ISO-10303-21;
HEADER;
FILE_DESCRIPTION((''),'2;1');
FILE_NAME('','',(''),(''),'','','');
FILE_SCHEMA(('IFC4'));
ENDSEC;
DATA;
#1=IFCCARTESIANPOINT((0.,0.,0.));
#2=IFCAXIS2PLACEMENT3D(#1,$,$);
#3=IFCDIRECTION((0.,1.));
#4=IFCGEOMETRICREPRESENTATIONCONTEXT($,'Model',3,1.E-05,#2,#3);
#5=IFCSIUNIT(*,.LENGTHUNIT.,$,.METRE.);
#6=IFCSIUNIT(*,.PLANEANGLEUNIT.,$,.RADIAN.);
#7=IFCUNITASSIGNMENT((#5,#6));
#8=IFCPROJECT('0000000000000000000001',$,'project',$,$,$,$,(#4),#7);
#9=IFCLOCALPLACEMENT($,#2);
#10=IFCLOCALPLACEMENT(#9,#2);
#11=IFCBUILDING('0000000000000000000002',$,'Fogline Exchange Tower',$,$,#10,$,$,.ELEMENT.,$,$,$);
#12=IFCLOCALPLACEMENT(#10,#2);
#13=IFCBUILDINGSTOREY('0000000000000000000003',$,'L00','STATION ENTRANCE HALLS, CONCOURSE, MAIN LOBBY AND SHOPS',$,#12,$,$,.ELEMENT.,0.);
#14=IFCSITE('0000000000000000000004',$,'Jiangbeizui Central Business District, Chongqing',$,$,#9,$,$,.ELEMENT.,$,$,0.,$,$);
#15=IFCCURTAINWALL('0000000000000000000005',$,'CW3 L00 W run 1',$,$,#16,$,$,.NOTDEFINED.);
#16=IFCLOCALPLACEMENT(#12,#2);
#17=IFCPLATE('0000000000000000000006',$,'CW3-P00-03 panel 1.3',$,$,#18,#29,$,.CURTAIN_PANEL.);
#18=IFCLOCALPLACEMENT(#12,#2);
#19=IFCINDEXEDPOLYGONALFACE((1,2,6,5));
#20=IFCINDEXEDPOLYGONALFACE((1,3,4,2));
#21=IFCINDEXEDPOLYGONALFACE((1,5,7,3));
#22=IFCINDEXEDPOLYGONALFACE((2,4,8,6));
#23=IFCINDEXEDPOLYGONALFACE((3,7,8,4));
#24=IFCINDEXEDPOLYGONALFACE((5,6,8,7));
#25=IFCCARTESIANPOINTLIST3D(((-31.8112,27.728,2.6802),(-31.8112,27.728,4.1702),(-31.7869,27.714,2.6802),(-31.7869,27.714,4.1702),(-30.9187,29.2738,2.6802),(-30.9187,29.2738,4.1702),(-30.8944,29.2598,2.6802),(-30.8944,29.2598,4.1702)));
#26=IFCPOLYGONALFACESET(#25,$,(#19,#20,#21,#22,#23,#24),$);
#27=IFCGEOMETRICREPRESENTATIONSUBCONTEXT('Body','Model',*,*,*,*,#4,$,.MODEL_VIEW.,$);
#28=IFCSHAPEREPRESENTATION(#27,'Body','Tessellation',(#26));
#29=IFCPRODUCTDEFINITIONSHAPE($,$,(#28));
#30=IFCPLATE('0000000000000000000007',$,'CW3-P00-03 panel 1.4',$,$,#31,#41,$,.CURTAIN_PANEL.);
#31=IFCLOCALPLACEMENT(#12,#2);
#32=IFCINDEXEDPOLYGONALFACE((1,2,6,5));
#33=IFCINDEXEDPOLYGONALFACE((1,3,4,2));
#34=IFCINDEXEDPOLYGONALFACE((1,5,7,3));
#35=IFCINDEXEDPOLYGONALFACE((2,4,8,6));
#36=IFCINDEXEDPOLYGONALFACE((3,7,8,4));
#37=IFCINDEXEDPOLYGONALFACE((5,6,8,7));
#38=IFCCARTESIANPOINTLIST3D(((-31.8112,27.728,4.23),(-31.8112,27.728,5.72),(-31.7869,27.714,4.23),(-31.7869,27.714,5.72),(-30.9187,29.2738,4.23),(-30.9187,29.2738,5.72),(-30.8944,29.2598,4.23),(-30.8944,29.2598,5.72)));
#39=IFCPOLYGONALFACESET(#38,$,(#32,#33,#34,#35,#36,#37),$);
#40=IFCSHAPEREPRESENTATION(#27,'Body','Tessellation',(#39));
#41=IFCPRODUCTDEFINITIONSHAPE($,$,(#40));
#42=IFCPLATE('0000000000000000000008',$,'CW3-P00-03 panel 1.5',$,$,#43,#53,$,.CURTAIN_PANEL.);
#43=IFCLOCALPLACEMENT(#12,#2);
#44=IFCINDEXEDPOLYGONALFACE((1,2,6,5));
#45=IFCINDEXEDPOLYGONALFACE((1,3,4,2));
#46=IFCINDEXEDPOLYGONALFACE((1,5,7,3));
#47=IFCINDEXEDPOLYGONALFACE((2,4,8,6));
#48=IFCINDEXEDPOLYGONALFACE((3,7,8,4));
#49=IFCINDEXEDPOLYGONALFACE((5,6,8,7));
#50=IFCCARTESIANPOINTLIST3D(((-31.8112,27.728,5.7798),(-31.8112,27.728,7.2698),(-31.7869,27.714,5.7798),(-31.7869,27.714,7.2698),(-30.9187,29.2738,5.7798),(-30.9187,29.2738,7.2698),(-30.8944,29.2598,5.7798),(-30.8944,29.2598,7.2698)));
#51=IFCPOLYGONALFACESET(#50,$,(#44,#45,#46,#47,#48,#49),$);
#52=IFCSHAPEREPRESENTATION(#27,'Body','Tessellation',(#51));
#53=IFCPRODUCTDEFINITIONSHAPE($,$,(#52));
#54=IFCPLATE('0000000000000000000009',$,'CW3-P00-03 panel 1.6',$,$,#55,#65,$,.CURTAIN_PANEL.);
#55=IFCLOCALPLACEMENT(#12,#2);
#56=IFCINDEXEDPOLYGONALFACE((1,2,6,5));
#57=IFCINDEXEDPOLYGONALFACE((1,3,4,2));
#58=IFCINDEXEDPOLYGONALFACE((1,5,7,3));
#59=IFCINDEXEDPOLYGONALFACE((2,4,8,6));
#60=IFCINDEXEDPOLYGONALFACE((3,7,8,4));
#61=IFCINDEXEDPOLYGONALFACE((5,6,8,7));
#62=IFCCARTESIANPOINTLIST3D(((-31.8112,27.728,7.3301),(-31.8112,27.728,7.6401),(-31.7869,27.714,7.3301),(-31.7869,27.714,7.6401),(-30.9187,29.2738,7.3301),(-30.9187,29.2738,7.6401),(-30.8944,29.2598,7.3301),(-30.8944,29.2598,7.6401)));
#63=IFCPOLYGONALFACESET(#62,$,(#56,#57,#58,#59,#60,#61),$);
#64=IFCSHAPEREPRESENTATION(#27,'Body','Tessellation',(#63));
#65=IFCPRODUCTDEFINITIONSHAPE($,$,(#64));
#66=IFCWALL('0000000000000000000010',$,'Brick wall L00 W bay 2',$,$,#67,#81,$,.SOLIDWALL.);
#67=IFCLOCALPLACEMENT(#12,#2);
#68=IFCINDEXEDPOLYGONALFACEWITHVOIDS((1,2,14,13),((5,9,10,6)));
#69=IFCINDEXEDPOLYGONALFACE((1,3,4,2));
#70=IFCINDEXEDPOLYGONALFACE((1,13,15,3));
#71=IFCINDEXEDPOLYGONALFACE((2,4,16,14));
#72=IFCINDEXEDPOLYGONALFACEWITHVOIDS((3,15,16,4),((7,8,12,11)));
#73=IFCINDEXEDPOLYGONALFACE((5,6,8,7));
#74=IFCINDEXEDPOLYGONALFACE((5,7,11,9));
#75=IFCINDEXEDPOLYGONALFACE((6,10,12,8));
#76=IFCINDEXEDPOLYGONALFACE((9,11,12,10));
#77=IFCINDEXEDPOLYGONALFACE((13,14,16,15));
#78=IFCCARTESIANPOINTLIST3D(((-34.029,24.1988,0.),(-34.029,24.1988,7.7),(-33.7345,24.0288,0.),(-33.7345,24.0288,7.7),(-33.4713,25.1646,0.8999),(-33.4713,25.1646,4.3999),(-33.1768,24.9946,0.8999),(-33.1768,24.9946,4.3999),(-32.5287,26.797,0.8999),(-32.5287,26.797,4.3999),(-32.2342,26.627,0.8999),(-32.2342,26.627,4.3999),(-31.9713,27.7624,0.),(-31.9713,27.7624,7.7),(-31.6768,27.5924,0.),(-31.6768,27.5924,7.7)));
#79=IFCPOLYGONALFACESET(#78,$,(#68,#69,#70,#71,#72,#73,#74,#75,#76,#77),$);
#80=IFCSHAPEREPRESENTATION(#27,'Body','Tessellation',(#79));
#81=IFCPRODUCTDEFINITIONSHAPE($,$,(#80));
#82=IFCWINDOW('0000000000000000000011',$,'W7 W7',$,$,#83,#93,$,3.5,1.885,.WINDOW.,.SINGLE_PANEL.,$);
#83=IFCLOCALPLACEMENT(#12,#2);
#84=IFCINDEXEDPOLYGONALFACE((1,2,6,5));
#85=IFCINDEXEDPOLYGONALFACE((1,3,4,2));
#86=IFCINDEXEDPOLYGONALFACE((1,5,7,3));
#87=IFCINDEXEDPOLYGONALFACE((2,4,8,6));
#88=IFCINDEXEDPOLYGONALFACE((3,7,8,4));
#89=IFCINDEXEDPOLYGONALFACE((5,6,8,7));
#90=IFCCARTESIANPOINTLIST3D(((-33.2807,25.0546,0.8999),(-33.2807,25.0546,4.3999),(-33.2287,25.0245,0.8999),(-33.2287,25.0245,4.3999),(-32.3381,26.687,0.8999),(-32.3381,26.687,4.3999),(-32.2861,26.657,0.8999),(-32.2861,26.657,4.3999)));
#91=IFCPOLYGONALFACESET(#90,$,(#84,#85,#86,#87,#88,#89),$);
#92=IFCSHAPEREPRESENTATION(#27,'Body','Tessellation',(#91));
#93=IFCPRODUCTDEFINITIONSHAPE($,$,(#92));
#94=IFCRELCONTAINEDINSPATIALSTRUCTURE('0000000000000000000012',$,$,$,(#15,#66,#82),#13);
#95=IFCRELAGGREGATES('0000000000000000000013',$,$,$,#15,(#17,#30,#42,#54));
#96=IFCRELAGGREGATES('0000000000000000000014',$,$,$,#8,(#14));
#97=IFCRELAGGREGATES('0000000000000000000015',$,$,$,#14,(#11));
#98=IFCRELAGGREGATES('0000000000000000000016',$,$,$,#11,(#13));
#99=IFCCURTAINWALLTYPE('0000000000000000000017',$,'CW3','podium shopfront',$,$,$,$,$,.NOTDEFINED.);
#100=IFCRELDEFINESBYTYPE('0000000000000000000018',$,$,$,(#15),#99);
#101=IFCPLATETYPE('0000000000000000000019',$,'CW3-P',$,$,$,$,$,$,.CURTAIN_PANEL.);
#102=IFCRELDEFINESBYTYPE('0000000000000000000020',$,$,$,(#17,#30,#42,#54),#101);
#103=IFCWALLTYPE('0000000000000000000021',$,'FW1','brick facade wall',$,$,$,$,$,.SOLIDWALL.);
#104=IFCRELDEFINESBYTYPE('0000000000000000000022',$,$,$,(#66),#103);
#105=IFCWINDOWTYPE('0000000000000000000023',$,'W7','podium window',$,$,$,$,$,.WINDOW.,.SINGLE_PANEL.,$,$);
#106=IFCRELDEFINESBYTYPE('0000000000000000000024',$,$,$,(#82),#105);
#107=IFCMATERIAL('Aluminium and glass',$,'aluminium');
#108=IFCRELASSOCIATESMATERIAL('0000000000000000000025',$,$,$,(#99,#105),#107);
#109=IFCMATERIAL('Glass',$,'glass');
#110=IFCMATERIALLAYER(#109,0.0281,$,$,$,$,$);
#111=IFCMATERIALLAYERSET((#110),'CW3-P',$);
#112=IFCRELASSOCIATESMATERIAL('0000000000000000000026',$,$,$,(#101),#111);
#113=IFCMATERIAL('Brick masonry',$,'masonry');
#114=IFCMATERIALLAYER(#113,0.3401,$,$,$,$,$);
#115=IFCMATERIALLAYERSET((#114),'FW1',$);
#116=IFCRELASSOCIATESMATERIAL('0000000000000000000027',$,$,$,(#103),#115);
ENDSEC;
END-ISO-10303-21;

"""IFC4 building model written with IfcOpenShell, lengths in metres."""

from ifc_helpers import new_model, si_unit, direction, frame, frame_2d, origin, origin_2d, place, context, subcontext, project, spatial, rectangle, extrude, material, layer, layer_set, type_object, element, fill, aggregate, save


model = new_model("IFC4")

# Units and contexts
model_context = context("Model", 3, precision=1e-05, world=origin(), true_north=direction((0.0, 1.0)))
body_context = subcontext(model_context, "Body", "Model", "MODEL_VIEW")
ifc_project = project(units=[si_unit("LENGTHUNIT", "METRE"), si_unit("PLANEANGLEUNIT", "RADIAN")], contexts=[model_context])

# Site, building, storey
site_placement = place(None, origin())
site = spatial("IfcSite", under=ifc_project, at=site_placement, Name="Jiangbeizui Central Business District, Chongqing", CompositionType="ELEMENT", RefElevation=0.0)
building_placement = place(site_placement, origin())
building = spatial("IfcBuilding", under=site, at=building_placement, Name="Fogline Exchange Tower", CompositionType="ELEMENT")
storey_placement = place(building_placement, origin())
storey = spatial("IfcBuildingStorey", under=building, at=storey_placement, Name="L00", Description="STATION ENTRANCE HALLS, CONCOURSE, MAIN LOBBY AND SHOPS", CompositionType="ELEMENT", Elevation=0.0)

# Curtain wall, plates
ifc_material_1 = material(Name="Aluminium and glass", Category="aluminium")
curtain_wall_type = type_object("IfcCurtainWallType", Name="CW3", Description="podium shopfront", PredefinedType="NOTDEFINED", material=ifc_material_1)
curtain_wall_placement = place(storey_placement, origin())
curtain_wall = element("IfcCurtainWall", 1, at=curtain_wall_placement, inside=storey, type_object=curtain_wall_type, Name="CW3 L00 W run 1", PredefinedType="NOTDEFINED")
ifc_material_2 = material(Name="Glass", Category="glass")
ifc_layer_1 = layer(ifc_material_2, 0.0281)
ifc_layer_set_1 = layer_set([ifc_layer_1], Name="CW3-P")
plate_type = type_object("IfcPlateType", Name="CW3-P", PredefinedType="CURTAIN_PANEL", material=ifc_layer_set_1)
plate_1_placement = place(storey_placement, frame((-31.3528, 28.4939, 2.6802), z_axis=(0.0, 0.0, 1.0), x_axis=(-0.5, -0.866026, 0.0)))
plate_1 = element("IfcPlate", 2, at=plate_1_placement, type_object=plate_type, Name="CW3-P00-03 panel 1.3", PredefinedType="CURTAIN_PANEL", context=body_context, shape_type="SweptSolid", body=[
    extrude(rectangle(XDim=1.7849, YDim=0.0281, at=origin_2d()), origin(), (0.0, 0.0, 1.0), 1.49),
])
plate_2_placement = place(storey_placement, frame((-31.3528, 28.4939, 4.23), z_axis=(0.0, 0.0, 1.0), x_axis=(-0.5, -0.866026, 0.0)))
plate_2 = element("IfcPlate", 3, at=plate_2_placement, type_object=plate_type, Name="CW3-P00-03 panel 1.4", PredefinedType="CURTAIN_PANEL", context=body_context, shape_type="SweptSolid", body=[
    extrude(rectangle(XDim=1.7849, YDim=0.0281, at=origin_2d()), origin(), (0.0, 0.0, 1.0), 1.49),
])
plate_3_placement = place(storey_placement, frame((-31.3528, 28.4939, 5.7798), z_axis=(0.0, 0.0, 1.0), x_axis=(-0.5, -0.866026, 0.0)))
plate_3 = element("IfcPlate", 4, at=plate_3_placement, type_object=plate_type, Name="CW3-P00-03 panel 1.5", PredefinedType="CURTAIN_PANEL", context=body_context, shape_type="SweptSolid", body=[
    extrude(rectangle(XDim=1.7849, YDim=0.0281, at=origin_2d()), origin(), (0.0, 0.0, 1.0), 1.49),
])
plate_4_placement = place(storey_placement, frame((-31.3528, 28.4939, 7.3301), z_axis=(0.0, 0.0, 1.0), x_axis=(-0.5, -0.866026, 0.0)))
plate_4 = element("IfcPlate", 5, at=plate_4_placement, type_object=plate_type, Name="CW3-P00-03 panel 1.6", PredefinedType="CURTAIN_PANEL", context=body_context, shape_type="SweptSolid", body=[
    extrude(rectangle(XDim=1.7849, YDim=0.0281, at=origin_2d()), origin(), (0.0, 0.0, 1.0), 0.3101),
])
aggregate(curtain_wall, [plate_1, plate_2, plate_3, plate_4])

# Wall, opening, window
ifc_material_3 = material(Name="Brick masonry", Category="masonry")
ifc_layer_2 = layer(ifc_material_3, 0.3401)
ifc_layer_set_2 = layer_set([ifc_layer_2], Name="FW1")
wall_type = type_object("IfcWallType", Name="FW1", Description="brick facade wall", PredefinedType="SOLIDWALL", material=ifc_layer_set_2)
wall_placement = place(storey_placement, frame((-31.824, 27.6775, 0.0), z_axis=(0.0, 0.0, 1.0), x_axis=(-0.500044, -0.866, 0.0)))
wall = element("IfcWall", 6, at=wall_placement, inside=storey, type_object=wall_type, Name="Brick wall L00 W bay 2", PredefinedType="SOLIDWALL", context=body_context, shape_type="SweptSolid", body=[
    extrude(rectangle(XDim=4.115, YDim=0.3401, at=frame_2d((2.0576, 0.0))), origin(), (0.0, 0.0, 1.0), 7.7),
])
opening_placement = place(wall_placement, frame((1.115, 0.0, 0.8999)))
opening = element("IfcOpeningElement", 7, at=opening_placement, cuts=wall, PredefinedType="OPENING", context=body_context, shape_type="SweptSolid", body=[
    extrude(rectangle(XDim=1.885, YDim=3.5, at=frame_2d((0.9424, 1.75))), frame((0.0, 0.1802, 0.0), z_axis=(0.0, -1.0, 0.0), x_axis=(1.0, 0.0, 0.0)), (0.0, 0.0, 1.0), 0.3601),
])
window_type = type_object("IfcWindowType", Name="W7", Description="podium window", PartitioningType="SINGLE_PANEL", PredefinedType="WINDOW", material=ifc_material_1)
window_placement = place(opening_placement, origin())
window = element("IfcWindow", 8, at=window_placement, inside=storey, type_object=window_type, Name="W7 W7", OverallHeight=3.5, OverallWidth=1.885, PartitioningType="SINGLE_PANEL", PredefinedType="WINDOW", context=body_context, shape_type="SweptSolid", body=[
    extrude(rectangle(XDim=1.885, YDim=3.5, at=frame_2d((0.9424, 1.75))), frame((0.0, 0.1101, 0.0), z_axis=(0.0, -1.0, 0.0), x_axis=(1.0, 0.0, 0.0)), (0.0, 0.0, 1.0), 0.0601),
])
fill(opening, window)

save(model, "model.ifc")
